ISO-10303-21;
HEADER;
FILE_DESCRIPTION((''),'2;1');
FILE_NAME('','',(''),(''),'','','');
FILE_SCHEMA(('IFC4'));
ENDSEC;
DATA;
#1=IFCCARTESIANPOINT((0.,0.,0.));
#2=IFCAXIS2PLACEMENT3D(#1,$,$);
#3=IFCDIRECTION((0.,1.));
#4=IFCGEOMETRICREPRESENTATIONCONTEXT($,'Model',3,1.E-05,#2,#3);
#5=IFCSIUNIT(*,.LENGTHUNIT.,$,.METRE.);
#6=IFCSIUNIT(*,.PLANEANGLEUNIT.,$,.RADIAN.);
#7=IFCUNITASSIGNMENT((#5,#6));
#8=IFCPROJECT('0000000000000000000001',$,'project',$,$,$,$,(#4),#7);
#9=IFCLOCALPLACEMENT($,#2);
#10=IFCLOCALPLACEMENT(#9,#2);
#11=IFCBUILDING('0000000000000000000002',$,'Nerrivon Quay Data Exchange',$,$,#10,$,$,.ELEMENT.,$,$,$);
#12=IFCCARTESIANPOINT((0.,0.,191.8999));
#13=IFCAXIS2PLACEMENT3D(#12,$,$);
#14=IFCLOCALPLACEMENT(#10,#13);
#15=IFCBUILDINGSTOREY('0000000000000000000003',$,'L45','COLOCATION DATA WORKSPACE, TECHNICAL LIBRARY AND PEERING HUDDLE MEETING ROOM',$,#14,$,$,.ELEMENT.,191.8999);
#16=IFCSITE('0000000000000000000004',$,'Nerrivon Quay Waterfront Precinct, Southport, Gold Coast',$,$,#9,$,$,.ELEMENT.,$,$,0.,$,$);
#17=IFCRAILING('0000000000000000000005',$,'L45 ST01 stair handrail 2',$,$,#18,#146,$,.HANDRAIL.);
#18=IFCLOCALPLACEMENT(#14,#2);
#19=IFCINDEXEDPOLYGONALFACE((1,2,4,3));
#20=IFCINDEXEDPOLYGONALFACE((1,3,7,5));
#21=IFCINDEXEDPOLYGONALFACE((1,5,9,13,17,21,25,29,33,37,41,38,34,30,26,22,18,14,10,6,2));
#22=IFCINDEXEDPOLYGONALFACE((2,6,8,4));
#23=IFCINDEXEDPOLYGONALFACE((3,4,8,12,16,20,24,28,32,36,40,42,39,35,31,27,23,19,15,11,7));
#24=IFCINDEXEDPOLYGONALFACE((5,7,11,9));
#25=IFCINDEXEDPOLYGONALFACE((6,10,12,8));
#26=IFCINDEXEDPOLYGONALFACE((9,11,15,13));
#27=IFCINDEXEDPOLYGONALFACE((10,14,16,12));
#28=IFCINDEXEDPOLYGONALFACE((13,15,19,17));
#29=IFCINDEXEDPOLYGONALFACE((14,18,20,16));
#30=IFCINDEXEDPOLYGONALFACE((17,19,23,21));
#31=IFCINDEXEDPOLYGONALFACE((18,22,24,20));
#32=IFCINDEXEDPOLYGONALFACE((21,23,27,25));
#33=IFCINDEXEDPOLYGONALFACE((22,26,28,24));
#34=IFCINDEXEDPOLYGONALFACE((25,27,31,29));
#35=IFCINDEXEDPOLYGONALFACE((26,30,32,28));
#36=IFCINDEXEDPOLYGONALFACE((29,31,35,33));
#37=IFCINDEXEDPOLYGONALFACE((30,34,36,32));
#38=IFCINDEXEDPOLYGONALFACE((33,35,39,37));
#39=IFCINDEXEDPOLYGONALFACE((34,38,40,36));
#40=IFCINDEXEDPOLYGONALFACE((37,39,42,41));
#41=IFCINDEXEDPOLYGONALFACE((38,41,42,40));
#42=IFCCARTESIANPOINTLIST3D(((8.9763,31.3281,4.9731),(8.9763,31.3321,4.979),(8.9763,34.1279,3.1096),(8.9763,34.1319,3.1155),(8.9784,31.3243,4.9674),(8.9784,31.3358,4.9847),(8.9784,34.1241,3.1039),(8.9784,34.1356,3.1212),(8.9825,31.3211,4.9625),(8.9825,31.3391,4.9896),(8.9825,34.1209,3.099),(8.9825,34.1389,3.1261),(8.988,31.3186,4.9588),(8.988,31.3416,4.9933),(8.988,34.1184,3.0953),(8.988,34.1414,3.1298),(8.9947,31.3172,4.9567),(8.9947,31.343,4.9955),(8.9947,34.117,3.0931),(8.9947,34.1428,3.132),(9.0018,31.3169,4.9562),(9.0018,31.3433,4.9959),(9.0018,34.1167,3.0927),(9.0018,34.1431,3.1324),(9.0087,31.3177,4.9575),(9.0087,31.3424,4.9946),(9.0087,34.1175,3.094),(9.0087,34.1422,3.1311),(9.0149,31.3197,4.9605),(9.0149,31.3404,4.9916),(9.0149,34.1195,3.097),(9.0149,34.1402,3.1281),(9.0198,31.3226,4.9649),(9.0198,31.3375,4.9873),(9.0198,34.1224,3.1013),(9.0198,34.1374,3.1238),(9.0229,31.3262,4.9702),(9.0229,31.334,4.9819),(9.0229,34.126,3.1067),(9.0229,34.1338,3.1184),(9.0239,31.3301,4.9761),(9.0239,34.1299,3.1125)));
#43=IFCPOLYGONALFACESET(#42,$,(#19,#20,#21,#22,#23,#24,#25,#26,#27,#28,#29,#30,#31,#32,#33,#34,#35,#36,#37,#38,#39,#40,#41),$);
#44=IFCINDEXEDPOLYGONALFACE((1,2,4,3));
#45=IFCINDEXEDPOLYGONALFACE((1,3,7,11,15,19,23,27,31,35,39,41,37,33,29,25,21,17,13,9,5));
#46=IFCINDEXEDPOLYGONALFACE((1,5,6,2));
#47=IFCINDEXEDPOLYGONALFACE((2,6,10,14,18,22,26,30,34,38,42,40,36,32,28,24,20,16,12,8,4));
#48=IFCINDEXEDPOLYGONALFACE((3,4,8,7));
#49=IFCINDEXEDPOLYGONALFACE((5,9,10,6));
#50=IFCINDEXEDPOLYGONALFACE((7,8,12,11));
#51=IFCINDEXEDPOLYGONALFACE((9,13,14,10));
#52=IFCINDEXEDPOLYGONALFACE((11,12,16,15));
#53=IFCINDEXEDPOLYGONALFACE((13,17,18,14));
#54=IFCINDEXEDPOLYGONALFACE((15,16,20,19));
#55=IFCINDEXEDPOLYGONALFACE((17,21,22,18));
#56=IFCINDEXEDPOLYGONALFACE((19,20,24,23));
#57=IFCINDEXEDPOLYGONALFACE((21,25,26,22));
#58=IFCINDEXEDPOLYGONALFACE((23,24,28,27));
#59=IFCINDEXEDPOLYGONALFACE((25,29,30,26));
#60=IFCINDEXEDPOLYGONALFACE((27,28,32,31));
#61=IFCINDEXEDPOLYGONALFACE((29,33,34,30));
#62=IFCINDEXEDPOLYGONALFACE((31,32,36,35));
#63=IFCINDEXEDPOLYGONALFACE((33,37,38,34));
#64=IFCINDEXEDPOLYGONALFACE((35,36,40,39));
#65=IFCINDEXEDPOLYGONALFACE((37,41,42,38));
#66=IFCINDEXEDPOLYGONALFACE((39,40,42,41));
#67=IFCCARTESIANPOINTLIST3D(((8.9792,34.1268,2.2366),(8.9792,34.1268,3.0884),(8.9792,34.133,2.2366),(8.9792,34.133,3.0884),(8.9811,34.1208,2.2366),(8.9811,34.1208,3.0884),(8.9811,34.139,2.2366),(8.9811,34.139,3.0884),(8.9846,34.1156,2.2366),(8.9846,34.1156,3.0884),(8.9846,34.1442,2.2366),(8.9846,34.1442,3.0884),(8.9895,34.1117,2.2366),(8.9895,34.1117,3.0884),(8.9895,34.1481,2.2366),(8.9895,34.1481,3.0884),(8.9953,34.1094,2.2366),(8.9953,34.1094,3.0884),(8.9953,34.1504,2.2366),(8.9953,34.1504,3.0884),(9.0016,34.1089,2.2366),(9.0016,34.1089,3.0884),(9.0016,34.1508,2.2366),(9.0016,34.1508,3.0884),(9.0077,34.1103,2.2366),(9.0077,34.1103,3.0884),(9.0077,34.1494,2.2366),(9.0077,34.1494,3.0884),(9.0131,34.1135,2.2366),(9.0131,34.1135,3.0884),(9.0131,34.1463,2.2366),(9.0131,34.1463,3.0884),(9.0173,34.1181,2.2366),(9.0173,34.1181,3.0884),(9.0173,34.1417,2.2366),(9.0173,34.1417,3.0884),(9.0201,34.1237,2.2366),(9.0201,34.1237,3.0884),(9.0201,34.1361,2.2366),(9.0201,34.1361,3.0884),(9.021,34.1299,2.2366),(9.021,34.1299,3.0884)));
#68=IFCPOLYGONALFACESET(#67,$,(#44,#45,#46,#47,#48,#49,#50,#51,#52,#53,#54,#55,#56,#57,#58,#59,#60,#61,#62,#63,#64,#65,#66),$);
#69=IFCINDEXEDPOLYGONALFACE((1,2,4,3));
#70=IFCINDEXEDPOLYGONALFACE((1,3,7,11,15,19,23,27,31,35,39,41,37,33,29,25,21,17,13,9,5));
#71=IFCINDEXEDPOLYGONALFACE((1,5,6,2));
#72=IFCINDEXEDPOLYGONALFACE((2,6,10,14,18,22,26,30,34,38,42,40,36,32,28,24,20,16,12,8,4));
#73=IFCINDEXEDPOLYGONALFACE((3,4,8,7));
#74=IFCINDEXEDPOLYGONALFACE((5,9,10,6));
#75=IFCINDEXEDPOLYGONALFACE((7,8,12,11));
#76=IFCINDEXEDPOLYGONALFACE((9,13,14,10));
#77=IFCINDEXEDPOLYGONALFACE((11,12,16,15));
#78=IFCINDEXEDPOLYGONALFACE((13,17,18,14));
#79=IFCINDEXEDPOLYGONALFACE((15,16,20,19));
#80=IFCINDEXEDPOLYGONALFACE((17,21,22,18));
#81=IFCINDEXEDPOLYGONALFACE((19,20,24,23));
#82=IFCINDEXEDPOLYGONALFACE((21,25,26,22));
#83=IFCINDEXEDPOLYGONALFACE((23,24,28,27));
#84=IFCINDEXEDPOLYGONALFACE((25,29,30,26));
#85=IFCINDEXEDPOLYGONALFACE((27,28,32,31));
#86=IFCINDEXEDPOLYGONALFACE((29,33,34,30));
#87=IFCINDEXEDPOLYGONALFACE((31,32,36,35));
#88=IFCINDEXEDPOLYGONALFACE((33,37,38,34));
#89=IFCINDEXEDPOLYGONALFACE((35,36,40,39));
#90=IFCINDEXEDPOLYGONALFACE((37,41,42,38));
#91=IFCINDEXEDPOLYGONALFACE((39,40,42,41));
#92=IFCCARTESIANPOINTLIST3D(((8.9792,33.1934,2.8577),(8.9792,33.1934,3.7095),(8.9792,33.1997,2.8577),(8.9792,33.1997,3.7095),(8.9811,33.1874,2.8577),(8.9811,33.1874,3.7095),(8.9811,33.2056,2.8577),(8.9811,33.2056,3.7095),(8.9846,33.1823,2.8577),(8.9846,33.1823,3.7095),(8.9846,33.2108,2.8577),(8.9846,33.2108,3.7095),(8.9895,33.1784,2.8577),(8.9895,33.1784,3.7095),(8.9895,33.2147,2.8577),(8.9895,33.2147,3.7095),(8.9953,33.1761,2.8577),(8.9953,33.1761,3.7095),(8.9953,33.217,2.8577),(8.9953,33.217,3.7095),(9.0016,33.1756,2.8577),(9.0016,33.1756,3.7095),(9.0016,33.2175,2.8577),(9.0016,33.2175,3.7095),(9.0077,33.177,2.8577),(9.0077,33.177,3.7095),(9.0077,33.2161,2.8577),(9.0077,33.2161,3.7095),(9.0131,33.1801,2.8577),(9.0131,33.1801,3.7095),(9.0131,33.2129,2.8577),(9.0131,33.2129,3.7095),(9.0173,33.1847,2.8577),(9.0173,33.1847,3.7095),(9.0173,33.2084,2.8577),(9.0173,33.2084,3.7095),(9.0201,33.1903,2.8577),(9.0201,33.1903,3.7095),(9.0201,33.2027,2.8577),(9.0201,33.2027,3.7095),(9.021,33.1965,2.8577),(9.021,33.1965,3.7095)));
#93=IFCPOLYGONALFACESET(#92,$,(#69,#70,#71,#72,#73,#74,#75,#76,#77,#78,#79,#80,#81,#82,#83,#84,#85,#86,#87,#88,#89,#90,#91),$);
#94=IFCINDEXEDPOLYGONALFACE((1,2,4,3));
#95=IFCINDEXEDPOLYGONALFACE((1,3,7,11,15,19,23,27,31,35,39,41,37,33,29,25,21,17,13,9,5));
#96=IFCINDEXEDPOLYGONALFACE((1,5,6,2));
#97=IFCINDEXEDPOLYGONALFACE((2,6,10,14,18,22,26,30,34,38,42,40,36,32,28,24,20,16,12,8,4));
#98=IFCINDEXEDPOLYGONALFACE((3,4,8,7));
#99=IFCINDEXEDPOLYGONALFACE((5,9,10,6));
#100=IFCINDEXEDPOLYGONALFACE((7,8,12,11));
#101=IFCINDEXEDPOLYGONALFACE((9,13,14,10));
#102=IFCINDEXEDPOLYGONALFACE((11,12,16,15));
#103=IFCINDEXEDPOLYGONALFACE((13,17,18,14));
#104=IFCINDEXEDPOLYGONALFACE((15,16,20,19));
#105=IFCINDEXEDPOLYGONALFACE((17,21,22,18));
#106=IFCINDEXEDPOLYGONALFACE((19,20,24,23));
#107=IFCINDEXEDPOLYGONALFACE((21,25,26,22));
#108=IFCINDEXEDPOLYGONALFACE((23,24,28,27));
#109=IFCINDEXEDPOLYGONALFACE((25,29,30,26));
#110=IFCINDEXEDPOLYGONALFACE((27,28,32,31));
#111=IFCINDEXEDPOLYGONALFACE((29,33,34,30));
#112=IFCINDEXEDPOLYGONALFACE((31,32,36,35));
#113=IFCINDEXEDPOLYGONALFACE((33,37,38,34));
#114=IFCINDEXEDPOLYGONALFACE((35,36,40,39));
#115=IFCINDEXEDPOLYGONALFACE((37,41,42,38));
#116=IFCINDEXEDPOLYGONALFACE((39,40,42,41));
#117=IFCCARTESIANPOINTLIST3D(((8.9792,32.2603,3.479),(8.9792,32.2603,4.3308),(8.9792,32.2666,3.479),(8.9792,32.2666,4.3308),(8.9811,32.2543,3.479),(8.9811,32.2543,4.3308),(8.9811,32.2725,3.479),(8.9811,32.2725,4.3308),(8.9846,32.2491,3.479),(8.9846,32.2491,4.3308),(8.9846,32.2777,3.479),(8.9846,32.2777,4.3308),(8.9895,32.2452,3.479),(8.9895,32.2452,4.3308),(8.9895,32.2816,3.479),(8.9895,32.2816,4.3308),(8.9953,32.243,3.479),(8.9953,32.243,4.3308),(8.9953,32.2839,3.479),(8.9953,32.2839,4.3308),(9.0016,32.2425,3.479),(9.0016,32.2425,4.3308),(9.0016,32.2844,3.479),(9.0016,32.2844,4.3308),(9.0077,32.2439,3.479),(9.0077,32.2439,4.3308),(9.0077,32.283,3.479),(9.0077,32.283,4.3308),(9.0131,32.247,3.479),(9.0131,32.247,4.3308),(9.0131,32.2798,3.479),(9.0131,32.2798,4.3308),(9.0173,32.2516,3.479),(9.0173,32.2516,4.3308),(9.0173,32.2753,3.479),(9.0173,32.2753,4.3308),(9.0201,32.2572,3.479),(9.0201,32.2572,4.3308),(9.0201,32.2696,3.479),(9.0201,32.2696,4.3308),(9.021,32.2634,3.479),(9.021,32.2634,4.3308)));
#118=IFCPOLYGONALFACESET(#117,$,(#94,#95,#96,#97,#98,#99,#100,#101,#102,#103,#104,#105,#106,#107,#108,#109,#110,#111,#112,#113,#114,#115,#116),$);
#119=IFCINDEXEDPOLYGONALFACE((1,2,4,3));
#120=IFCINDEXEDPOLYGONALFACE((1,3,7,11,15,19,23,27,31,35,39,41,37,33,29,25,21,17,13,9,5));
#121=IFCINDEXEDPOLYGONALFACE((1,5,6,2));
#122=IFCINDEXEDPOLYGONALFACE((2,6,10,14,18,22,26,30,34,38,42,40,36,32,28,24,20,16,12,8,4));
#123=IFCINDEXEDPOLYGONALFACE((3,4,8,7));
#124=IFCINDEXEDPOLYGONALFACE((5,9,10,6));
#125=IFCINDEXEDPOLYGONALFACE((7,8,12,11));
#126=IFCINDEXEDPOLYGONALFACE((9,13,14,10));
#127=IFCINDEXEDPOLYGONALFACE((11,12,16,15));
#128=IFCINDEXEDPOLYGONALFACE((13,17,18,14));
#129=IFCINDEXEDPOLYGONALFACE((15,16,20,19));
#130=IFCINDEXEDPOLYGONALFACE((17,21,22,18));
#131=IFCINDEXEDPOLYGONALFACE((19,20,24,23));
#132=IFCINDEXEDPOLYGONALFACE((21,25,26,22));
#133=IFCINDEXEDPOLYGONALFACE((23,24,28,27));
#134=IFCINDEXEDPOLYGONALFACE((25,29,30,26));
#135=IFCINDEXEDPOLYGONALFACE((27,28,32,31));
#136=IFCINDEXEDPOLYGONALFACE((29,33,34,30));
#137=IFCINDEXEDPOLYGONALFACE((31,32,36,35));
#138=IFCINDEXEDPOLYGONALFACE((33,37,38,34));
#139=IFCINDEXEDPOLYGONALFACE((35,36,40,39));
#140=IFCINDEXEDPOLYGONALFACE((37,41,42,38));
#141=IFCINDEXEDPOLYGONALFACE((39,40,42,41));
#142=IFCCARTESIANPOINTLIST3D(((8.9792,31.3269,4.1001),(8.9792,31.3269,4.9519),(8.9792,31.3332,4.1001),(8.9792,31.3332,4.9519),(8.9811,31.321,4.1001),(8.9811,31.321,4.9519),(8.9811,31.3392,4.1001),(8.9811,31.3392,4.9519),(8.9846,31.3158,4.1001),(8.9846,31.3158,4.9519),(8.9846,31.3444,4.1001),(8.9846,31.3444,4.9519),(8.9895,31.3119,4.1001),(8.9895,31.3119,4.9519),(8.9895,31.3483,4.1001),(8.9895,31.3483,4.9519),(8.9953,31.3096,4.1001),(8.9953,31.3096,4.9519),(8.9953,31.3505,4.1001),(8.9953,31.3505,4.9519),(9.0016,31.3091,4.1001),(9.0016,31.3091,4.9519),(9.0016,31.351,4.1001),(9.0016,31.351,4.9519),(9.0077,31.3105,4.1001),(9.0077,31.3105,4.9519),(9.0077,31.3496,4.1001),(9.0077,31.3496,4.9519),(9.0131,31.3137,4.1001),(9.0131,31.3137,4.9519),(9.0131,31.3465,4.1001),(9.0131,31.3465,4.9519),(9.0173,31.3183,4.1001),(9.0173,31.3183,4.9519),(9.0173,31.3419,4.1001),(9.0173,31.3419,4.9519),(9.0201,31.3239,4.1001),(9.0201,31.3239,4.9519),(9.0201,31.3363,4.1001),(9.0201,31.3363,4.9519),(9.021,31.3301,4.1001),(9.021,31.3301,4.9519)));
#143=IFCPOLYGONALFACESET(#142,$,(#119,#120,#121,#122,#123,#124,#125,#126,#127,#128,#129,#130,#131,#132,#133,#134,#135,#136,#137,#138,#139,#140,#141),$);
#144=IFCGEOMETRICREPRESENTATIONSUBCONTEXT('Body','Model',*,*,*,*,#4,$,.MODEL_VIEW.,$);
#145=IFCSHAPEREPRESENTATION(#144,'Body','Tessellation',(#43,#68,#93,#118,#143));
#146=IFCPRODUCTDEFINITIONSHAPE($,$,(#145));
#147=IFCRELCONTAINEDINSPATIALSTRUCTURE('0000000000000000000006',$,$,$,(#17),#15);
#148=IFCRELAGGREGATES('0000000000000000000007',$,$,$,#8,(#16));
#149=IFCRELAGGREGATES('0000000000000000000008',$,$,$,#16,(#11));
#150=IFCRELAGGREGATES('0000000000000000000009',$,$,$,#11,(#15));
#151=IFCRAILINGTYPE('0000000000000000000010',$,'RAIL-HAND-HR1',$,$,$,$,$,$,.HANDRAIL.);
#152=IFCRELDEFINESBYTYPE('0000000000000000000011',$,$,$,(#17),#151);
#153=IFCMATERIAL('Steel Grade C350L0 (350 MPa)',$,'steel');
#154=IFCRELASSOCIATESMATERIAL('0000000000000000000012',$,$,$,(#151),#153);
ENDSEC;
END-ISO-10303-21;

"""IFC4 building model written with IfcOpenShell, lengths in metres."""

from ifc_helpers import new_model, si_unit, direction, frame, origin, origin_2d, place, context, subcontext, project, spatial, circle, extrude, material, type_object, element, save


model = new_model("IFC4")

# Units and contexts
model_context = context("Model", 3, precision=1e-05, world=origin(), true_north=direction((0.0, 1.0)))
body_context = subcontext(model_context, "Body", "Model", "MODEL_VIEW")
ifc_project = project(units=[si_unit("LENGTHUNIT", "METRE"), si_unit("PLANEANGLEUNIT", "RADIAN")], contexts=[model_context])

# Site, building, storey
site_placement = place(None, origin())
site = spatial("IfcSite", under=ifc_project, at=site_placement, Name="Nerrivon Quay Waterfront Precinct, Southport, Gold Coast", CompositionType="ELEMENT", RefElevation=0.0)
building_placement = place(site_placement, origin())
building = spatial("IfcBuilding", under=site, at=building_placement, Name="Nerrivon Quay Data Exchange", CompositionType="ELEMENT")
storey_placement = place(building_placement, frame((0.0, 0.0, 191.8999)))
storey = spatial("IfcBuildingStorey", under=building, at=storey_placement, Name="L45", Description="COLOCATION DATA WORKSPACE, TECHNICAL LIBRARY AND PEERING HUDDLE MEETING ROOM", CompositionType="ELEMENT", Elevation=191.8999)

# Railing
ifc_material_1 = material(Name="Steel Grade C350L0 (350 MPa)", Category="steel")
railing_type_1 = type_object("IfcRailingType", Name="RAIL-HAND-HR1", PredefinedType="HANDRAIL", material=ifc_material_1)
railing_1_placement = place(storey_placement, frame((9.0, 34.1299, 2.2366)))
element("IfcRailing", 1, at=railing_1_placement, inside=storey, type_object=railing_type_1, Name="L45 ST01 stair handrail 2", PredefinedType="HANDRAIL", context=body_context, shape_type="SweptSolid", body=[
    extrude(circle(Radius=0.0239, at=origin_2d()), frame((0.0, 0.0, 0.876), z_axis=(0.0, -0.832463, 0.55408), x_axis=(1.0, 0.0, 0.0)), (0.0, 0.0, 1.0), 3.3633),
    extrude(circle(Radius=0.021, at=origin_2d()), origin(), (0.0, 0.0, 1.0), 0.8518),
    extrude(circle(Radius=0.021, at=origin_2d()), frame((0.0, -0.9333, 0.6211)), (0.0, 0.0, 1.0), 0.8518),
    extrude(circle(Radius=0.021, at=origin_2d()), frame((0.0, -1.8665, 1.2424)), (0.0, 0.0, 1.0), 0.8518),
    extrude(circle(Radius=0.021, at=origin_2d()), frame((0.0, -2.7998, 1.8635)), (0.0, 0.0, 1.0), 0.8518),
])

save(model, "model.ifc")
